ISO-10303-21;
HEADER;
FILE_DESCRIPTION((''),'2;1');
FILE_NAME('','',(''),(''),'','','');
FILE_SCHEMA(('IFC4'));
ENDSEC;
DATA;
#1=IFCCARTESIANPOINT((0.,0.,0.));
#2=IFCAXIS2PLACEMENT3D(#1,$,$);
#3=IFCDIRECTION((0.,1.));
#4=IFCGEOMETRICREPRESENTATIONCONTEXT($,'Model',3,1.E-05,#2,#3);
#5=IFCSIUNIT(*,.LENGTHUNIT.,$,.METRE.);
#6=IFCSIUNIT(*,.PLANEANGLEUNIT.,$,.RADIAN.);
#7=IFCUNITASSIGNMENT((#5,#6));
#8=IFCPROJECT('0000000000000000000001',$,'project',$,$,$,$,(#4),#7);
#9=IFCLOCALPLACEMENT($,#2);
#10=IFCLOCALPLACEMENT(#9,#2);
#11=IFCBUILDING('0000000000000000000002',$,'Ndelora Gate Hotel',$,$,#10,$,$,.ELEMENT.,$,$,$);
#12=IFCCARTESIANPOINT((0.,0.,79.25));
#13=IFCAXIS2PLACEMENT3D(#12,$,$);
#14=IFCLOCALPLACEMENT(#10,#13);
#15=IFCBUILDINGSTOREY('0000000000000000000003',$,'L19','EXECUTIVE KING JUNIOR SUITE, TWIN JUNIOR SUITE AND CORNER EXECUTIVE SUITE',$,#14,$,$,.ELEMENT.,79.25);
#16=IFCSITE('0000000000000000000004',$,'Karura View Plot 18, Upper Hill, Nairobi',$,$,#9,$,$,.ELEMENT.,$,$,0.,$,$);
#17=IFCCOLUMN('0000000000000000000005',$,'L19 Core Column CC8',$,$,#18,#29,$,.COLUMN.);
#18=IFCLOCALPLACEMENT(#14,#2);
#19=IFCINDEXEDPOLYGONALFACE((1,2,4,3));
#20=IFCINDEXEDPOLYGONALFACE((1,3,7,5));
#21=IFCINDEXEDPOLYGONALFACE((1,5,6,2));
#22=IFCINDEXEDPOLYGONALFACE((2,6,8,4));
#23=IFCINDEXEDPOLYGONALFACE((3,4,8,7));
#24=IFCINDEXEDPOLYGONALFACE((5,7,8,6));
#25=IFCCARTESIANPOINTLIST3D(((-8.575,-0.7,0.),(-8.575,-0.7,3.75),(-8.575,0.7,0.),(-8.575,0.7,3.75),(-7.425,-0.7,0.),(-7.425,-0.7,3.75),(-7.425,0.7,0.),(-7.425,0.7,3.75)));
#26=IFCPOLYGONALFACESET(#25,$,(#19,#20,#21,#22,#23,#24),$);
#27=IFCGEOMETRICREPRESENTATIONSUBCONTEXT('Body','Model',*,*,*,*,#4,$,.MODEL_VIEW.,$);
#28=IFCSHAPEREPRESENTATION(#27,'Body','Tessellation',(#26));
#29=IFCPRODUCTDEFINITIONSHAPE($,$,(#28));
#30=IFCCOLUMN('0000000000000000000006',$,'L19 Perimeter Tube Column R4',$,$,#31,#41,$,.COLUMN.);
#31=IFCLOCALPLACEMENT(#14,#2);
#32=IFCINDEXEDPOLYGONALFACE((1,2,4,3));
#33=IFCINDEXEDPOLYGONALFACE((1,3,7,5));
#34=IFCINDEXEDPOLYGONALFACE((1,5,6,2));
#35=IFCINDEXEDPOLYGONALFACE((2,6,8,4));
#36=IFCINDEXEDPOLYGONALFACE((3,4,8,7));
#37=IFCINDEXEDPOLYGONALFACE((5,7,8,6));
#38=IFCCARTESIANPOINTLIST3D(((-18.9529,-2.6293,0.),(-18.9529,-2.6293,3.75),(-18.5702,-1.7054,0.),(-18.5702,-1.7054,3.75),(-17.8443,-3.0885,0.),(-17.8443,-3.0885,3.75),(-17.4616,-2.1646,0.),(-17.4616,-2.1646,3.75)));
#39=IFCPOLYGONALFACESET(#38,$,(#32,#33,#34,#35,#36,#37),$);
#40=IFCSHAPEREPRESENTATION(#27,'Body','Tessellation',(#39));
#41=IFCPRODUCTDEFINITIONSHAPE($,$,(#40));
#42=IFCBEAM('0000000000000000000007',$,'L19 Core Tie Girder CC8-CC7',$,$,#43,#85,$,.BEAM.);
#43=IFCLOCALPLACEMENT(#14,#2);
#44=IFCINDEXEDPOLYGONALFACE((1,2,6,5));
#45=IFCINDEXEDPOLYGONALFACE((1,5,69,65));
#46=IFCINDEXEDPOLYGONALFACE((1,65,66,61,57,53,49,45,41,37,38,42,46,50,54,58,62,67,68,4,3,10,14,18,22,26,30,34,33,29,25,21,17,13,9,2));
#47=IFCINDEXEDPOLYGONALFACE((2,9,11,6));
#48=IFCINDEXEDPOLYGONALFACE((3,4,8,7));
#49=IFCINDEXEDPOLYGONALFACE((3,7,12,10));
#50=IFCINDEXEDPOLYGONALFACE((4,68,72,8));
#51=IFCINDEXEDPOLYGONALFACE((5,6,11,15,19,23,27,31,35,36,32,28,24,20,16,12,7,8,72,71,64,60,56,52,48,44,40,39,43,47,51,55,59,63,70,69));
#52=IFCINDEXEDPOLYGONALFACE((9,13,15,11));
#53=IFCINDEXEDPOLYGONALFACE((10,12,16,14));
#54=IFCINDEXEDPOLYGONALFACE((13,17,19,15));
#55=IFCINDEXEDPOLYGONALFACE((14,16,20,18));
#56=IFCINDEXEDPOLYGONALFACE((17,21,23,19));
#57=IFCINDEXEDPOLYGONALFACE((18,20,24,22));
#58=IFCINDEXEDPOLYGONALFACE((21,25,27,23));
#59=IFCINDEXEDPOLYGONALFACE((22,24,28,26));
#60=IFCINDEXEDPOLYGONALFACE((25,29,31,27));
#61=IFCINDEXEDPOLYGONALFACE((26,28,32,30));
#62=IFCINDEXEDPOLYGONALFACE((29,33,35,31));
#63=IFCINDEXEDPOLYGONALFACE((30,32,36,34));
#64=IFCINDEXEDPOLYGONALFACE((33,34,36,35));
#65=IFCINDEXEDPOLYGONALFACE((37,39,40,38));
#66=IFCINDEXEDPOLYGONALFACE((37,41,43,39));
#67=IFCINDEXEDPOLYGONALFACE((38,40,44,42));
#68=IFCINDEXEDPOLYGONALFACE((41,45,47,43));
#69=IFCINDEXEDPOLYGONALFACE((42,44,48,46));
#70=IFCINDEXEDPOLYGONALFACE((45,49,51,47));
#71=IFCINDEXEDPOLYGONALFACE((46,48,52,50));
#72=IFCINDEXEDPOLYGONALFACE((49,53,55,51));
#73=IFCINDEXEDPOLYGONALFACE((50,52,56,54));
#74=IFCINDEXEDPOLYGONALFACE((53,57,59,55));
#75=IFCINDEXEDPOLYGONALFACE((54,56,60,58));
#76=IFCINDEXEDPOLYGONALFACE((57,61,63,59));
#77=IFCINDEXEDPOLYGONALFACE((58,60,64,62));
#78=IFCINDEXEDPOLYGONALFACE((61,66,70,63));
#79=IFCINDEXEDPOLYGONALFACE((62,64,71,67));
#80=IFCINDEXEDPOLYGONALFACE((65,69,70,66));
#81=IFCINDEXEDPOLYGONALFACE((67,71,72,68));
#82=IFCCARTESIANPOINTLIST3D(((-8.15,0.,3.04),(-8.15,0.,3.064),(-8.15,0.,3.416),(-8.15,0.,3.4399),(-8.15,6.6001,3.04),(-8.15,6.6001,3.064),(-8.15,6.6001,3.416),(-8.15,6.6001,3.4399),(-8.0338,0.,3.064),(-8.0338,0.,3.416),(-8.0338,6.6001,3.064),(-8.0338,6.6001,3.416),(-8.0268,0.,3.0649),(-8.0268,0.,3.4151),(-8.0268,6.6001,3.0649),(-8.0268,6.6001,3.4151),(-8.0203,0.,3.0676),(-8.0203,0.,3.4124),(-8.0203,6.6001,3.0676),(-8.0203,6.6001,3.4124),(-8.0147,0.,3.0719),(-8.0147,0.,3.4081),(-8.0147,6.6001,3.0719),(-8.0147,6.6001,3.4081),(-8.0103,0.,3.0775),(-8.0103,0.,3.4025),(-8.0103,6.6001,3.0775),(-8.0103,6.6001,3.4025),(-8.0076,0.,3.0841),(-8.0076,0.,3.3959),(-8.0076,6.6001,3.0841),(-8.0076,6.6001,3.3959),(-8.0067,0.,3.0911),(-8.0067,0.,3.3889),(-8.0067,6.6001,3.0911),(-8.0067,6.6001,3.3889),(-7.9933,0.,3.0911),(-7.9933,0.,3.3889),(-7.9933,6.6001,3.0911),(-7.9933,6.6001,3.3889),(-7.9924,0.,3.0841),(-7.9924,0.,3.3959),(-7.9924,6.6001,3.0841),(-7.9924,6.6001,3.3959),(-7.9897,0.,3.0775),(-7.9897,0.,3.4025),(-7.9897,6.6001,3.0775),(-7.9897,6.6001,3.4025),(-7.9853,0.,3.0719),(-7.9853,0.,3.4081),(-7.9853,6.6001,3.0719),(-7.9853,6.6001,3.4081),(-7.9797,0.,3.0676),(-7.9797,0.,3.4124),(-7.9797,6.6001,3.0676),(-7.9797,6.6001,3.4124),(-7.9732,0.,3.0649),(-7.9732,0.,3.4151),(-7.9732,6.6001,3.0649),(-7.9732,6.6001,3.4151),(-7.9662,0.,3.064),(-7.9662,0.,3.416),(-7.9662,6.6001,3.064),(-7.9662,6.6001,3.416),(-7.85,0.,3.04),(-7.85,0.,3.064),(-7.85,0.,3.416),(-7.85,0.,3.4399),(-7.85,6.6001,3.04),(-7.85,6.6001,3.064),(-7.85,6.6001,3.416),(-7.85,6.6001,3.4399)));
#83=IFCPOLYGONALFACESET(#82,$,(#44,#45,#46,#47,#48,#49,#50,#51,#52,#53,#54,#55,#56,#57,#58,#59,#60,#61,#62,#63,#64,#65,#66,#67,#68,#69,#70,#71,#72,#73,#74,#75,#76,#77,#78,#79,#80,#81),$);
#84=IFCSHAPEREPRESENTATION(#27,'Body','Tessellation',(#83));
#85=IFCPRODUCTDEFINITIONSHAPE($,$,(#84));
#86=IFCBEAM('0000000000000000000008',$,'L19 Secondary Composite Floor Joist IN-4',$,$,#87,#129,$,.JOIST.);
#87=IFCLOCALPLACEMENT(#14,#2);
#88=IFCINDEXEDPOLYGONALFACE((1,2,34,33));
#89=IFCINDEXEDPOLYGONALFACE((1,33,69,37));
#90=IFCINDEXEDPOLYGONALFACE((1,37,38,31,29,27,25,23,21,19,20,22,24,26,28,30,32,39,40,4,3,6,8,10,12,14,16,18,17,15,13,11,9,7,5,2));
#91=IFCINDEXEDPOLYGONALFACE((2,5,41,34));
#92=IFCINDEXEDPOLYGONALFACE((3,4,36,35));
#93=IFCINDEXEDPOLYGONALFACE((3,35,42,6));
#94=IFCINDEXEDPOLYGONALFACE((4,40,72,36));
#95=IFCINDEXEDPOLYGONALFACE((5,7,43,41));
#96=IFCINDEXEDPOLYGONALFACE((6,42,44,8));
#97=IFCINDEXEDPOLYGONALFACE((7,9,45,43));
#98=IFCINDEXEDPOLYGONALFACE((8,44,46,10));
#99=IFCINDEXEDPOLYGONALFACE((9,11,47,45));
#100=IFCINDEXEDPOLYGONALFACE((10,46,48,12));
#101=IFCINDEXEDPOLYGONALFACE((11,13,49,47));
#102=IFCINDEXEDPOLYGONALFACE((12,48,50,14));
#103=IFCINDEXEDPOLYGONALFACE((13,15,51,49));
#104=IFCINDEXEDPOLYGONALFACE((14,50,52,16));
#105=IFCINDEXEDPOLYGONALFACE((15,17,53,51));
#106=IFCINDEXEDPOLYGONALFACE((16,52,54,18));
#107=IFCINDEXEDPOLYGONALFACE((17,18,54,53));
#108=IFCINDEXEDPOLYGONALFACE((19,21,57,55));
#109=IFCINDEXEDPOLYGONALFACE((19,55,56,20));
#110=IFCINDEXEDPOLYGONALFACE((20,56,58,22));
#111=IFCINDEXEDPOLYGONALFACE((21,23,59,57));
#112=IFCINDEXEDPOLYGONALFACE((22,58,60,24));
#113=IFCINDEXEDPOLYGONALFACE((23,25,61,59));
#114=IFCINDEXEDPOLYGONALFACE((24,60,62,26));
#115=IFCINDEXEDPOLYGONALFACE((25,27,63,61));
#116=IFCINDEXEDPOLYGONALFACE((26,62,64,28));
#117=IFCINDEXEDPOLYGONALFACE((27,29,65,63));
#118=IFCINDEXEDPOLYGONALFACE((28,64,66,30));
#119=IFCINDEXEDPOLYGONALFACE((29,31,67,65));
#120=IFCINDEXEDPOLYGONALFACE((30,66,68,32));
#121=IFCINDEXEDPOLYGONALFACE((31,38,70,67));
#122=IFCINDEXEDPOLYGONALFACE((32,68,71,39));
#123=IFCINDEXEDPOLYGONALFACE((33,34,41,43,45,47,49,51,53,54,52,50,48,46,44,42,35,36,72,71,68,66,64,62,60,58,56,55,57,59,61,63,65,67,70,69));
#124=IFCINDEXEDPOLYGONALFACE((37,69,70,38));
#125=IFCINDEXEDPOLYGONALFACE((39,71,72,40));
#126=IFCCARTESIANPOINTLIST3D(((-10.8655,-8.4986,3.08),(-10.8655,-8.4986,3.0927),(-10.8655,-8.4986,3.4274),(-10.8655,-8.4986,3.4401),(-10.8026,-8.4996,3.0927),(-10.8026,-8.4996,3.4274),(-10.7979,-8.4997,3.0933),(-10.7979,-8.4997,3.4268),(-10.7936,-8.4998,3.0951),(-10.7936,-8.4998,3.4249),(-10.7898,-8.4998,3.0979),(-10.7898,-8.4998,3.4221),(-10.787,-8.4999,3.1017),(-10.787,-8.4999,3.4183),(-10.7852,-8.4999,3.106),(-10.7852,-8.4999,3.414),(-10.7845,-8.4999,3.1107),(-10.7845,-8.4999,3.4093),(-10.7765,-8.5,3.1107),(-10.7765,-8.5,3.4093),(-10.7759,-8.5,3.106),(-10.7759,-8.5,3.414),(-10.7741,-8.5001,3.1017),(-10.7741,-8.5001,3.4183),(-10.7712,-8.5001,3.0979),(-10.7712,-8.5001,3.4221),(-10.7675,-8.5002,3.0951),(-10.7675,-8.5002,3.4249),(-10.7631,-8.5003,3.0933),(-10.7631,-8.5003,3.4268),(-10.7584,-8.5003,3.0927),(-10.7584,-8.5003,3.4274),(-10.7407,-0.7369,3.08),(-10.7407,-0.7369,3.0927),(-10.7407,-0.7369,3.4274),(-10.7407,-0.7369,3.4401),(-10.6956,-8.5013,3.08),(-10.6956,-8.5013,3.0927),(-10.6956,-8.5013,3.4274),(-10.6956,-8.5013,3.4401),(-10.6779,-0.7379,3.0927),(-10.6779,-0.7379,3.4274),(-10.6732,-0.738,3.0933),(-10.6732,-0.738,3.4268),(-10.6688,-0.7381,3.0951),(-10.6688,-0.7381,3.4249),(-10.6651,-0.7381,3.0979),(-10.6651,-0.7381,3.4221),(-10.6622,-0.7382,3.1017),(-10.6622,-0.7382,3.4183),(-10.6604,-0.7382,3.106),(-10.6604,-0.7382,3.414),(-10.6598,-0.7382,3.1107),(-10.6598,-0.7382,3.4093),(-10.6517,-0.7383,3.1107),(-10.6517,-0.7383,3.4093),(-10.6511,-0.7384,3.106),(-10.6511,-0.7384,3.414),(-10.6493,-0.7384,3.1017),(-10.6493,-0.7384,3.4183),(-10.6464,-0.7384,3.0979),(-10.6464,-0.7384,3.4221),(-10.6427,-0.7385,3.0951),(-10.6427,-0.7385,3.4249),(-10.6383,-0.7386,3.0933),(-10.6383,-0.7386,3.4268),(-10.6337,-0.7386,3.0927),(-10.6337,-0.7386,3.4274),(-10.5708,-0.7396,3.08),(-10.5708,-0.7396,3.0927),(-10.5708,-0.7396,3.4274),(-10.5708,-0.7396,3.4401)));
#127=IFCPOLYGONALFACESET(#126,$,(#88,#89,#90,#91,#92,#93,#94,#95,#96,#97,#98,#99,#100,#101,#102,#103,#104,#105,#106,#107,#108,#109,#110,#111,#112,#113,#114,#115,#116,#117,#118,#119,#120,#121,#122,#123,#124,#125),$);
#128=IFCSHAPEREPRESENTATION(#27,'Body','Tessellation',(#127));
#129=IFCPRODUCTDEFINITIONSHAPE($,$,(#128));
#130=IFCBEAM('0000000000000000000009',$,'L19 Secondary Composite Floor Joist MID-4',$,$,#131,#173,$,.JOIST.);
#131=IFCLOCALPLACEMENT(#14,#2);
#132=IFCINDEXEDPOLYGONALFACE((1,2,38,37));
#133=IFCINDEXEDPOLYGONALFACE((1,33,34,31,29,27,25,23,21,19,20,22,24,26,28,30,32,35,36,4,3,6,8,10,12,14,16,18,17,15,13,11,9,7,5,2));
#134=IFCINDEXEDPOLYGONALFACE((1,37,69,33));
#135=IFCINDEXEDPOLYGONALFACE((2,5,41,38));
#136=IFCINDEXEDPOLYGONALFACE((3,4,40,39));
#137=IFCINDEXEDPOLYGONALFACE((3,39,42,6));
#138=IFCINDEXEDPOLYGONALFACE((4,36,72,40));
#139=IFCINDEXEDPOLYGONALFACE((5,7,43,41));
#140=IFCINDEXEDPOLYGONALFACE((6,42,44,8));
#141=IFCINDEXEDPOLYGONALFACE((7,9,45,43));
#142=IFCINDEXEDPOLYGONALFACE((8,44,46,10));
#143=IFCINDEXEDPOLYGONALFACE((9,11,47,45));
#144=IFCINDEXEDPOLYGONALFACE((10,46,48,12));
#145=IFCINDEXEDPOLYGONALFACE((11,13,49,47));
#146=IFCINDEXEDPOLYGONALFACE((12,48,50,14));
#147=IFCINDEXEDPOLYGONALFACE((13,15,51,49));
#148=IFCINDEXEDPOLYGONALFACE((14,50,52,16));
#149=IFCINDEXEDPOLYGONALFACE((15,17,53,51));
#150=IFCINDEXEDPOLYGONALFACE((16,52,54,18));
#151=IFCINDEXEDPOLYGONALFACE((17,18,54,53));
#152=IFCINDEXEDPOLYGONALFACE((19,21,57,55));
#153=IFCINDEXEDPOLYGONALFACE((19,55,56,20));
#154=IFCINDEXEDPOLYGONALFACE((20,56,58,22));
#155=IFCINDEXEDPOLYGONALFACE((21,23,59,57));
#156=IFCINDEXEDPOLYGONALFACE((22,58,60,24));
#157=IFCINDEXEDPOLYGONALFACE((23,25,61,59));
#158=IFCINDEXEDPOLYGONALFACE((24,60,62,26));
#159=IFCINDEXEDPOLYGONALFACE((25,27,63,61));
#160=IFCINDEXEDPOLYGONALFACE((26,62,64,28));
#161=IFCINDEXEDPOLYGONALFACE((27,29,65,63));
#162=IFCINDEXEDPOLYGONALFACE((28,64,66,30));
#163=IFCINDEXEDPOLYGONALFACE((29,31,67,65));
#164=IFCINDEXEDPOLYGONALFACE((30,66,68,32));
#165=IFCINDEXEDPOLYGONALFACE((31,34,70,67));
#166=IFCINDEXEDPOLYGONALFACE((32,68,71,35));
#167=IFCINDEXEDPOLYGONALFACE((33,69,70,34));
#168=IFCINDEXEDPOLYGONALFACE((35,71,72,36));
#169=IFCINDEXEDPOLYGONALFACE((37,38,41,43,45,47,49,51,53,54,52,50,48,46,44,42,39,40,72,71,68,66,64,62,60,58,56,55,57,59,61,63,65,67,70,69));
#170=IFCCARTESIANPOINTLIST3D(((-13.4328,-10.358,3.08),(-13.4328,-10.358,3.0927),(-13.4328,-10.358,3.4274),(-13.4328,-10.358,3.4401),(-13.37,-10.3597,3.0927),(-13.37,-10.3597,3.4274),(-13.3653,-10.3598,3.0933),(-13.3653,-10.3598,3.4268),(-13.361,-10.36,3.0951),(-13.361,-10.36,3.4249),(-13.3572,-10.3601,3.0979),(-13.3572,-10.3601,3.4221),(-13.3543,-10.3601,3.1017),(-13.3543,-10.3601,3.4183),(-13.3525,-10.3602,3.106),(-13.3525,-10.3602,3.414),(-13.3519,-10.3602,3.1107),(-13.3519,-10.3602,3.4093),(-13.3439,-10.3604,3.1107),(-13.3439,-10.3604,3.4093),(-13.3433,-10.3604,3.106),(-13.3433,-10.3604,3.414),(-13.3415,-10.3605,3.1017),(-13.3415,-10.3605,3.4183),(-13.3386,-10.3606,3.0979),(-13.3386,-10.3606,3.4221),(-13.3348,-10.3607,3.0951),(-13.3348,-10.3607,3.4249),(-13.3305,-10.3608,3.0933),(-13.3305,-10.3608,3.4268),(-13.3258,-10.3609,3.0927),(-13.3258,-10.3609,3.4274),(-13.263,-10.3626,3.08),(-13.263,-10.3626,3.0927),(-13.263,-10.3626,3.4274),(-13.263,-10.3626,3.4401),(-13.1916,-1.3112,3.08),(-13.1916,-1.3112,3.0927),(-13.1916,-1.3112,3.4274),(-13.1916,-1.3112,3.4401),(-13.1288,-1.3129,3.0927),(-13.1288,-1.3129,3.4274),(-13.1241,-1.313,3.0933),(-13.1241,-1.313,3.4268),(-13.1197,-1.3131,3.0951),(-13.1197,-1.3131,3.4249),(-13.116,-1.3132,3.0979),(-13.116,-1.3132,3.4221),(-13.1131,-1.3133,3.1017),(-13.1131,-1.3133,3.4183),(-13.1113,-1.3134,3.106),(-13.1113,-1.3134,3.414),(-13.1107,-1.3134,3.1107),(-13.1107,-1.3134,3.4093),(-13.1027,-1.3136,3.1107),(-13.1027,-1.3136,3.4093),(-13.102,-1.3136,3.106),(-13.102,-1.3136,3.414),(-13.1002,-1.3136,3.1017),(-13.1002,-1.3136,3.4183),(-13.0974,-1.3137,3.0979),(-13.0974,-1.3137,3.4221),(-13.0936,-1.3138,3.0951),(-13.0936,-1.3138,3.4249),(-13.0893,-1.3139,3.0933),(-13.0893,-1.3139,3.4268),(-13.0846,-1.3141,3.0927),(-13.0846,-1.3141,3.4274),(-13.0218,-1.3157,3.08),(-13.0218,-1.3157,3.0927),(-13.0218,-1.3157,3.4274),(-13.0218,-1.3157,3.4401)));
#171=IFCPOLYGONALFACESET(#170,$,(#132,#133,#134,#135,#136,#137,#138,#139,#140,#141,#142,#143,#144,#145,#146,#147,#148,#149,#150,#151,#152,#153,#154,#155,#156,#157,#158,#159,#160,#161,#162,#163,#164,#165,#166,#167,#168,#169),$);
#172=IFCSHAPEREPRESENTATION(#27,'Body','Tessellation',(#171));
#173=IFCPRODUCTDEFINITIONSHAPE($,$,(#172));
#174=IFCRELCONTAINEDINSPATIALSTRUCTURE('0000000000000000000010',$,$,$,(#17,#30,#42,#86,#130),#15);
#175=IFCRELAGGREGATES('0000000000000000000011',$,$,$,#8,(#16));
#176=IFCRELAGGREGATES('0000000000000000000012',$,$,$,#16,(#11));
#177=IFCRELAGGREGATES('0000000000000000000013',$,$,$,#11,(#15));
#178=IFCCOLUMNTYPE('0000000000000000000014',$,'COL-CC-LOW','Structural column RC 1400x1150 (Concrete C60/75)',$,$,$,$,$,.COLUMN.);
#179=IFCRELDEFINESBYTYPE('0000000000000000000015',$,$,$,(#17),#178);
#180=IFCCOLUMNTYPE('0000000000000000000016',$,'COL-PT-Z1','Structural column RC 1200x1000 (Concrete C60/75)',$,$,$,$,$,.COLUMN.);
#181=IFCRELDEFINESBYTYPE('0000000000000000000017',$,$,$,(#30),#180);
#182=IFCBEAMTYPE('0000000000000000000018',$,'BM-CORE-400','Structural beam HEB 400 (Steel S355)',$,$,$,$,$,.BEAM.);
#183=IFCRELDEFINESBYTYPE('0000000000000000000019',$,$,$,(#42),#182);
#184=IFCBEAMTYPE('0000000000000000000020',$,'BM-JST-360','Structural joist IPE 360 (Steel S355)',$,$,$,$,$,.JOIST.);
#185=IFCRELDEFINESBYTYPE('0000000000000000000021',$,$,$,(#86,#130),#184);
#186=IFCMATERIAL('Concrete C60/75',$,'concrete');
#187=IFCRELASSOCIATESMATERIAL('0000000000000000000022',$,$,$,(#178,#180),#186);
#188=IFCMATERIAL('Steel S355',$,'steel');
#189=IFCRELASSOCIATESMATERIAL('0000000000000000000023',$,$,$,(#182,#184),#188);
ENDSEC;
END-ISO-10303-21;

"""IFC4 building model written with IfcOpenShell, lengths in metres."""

from ifc_helpers import new_model, si_unit, direction, frame, origin, origin_2d, place, context, subcontext, project, spatial, rectangle, i_section, extrude, material, material_profile, profile_set, type_object, element, save


model = new_model("IFC4")

# Units and contexts
model_context = context("Model", 3, precision=1e-05, world=origin(), true_north=direction((0.0, 1.0)))
body_context = subcontext(model_context, "Body", "Model", "MODEL_VIEW")
ifc_project = project(units=[si_unit("LENGTHUNIT", "METRE"), si_unit("PLANEANGLEUNIT", "RADIAN")], contexts=[model_context])

# Site, building, storey
site_placement = place(None, origin())
site = spatial("IfcSite", under=ifc_project, at=site_placement, Name="Karura View Plot 18, Upper Hill, Nairobi", CompositionType="ELEMENT", RefElevation=0.0)
building_placement = place(site_placement, origin())
building = spatial("IfcBuilding", under=site, at=building_placement, Name="Ndelora Gate Hotel", CompositionType="ELEMENT")
storey_placement = place(building_placement, frame((0.0, 0.0, 79.25)))
storey = spatial("IfcBuildingStorey", under=building, at=storey_placement, Name="L19", Description="EXECUTIVE KING JUNIOR SUITE, TWIN JUNIOR SUITE AND CORNER EXECUTIVE SUITE", CompositionType="ELEMENT", Elevation=79.25)

# Columns
ifc_material_1 = material(Name="Concrete C60/75", Category="concrete")
ifc_material_profile_1 = material_profile(ifc_material_1, rectangle(XDim=1.1499, YDim=1.3999, at=origin_2d()), Name="RC 1400x1150")
ifc_profile_set_1 = profile_set([ifc_material_profile_1], Name="Concrete C60/75")
column_type_1 = type_object("IfcColumnType", Name="COL-CC-LOW", Description="Structural column RC 1400x1150 (Concrete C60/75)", PredefinedType="COLUMN", material=ifc_profile_set_1)
column_1_placement = place(storey_placement, frame((-8.0, 0.0, 0.0), z_axis=(0.0, 0.0, 1.0), x_axis=(1.0, 0.0, 0.0)))
element("IfcColumn", 1, at=column_1_placement, inside=storey, type_object=column_type_1, Name="L19 Core Column CC8", PredefinedType="COLUMN", context=body_context, shape_type="SweptSolid", body=[
    extrude(rectangle(XDim=1.1499, YDim=1.3999, at=origin_2d()), origin(), (0.0, 0.0, 1.0), 3.75),
])
ifc_material_profile_2 = material_profile(ifc_material_1, rectangle(XDim=1.0, YDim=1.2, at=origin_2d()), Name="RC 1200x1000")
ifc_profile_set_2 = profile_set([ifc_material_profile_2], Name="Concrete C60/75")
column_type_2 = type_object("IfcColumnType", Name="COL-PT-Z1", Description="Structural column RC 1200x1000 (Concrete C60/75)", PredefinedType="COLUMN", material=ifc_profile_set_2)
column_2_placement = place(storey_placement, frame((-18.2073, -2.397, 0.0), z_axis=(0.0, 0.0, 1.0), x_axis=(0.382683, 0.92388, 0.0)))
element("IfcColumn", 2, at=column_2_placement, inside=storey, type_object=column_type_2, Name="L19 Perimeter Tube Column R4", PredefinedType="COLUMN", context=body_context, shape_type="SweptSolid", body=[
    extrude(rectangle(XDim=1.0, YDim=1.2, at=origin_2d()), origin(), (0.0, 0.0, 1.0), 3.75),
])

# Beams
ifc_material_2 = material(Name="Steel S355", Category="steel")
ifc_material_profile_3 = material_profile(ifc_material_2, i_section(OverallWidth=0.3, OverallDepth=0.3999, WebThickness=0.0134, FlangeThickness=0.0239, FilletRadius=0.0271, at=origin_2d()), Name="HEB 400")
ifc_profile_set_3 = profile_set([ifc_material_profile_3], Name="Steel S355")
beam_type_1 = type_object("IfcBeamType", Name="BM-CORE-400", Description="Structural beam HEB 400 (Steel S355)", PredefinedType="BEAM", material=ifc_profile_set_3)
beam_1_placement = place(storey_placement, frame((-8.0, 0.0, 3.24), z_axis=(0.0, 1.0, 0.0), x_axis=(-1.0, 0.0, 0.0)))
element("IfcBeam", 3, at=beam_1_placement, inside=storey, type_object=beam_type_1, Name="L19 Core Tie Girder CC8-CC7", PredefinedType="BEAM", context=body_context, shape_type="SweptSolid", body=[
    extrude(i_section(OverallWidth=0.3, OverallDepth=0.3999, WebThickness=0.0134, FlangeThickness=0.0239, FilletRadius=0.0271, at=origin_2d()), origin(), (0.0, 0.0, 1.0), 6.6001),
])
ifc_material_profile_4 = material_profile(ifc_material_2, i_section(OverallWidth=0.1699, OverallDepth=0.3601, WebThickness=0.0081, FlangeThickness=0.0127, FilletRadius=0.0181, at=origin_2d()), Name="IPE 360")
ifc_profile_set_4 = profile_set([ifc_material_profile_4], Name="Steel S355")
beam_type_2 = type_object("IfcBeamType", Name="BM-JST-360", Description="Structural joist IPE 360 (Steel S355)", PredefinedType="JOIST", material=ifc_profile_set_4)
beam_2_placement = place(storey_placement, frame((-10.6558, -0.7383, 3.26), z_axis=(-0.016071, -0.999871, 0.0), x_axis=(0.999871, -0.016071, 0.0)))
element("IfcBeam", 4, at=beam_2_placement, inside=storey, type_object=beam_type_2, Name="L19 Secondary Composite Floor Joist IN-4", PredefinedType="JOIST", context=body_context, shape_type="SweptSolid", body=[
    extrude(i_section(OverallWidth=0.1699, OverallDepth=0.3601, WebThickness=0.0081, FlangeThickness=0.0127, FilletRadius=0.0181, at=origin_2d()), origin(), (0.0, 0.0, 1.0), 7.7627),
])
beam_3_placement = place(storey_placement, frame((-13.1067, -1.3135, 3.26), z_axis=(-0.026653, -0.999645, 0.0), x_axis=(0.999645, -0.026653, 0.0)))
element("IfcBeam", 5, at=beam_3_placement, inside=storey, type_object=beam_type_2, Name="L19 Secondary Composite Floor Joist MID-4", PredefinedType="JOIST", context=body_context, shape_type="SweptSolid", body=[
    extrude(i_section(OverallWidth=0.1699, OverallDepth=0.3601, WebThickness=0.0081, FlangeThickness=0.0127, FilletRadius=0.0181, at=origin_2d()), origin(), (0.0, 0.0, 1.0), 9.05),
])

save(model, "model.ifc")
